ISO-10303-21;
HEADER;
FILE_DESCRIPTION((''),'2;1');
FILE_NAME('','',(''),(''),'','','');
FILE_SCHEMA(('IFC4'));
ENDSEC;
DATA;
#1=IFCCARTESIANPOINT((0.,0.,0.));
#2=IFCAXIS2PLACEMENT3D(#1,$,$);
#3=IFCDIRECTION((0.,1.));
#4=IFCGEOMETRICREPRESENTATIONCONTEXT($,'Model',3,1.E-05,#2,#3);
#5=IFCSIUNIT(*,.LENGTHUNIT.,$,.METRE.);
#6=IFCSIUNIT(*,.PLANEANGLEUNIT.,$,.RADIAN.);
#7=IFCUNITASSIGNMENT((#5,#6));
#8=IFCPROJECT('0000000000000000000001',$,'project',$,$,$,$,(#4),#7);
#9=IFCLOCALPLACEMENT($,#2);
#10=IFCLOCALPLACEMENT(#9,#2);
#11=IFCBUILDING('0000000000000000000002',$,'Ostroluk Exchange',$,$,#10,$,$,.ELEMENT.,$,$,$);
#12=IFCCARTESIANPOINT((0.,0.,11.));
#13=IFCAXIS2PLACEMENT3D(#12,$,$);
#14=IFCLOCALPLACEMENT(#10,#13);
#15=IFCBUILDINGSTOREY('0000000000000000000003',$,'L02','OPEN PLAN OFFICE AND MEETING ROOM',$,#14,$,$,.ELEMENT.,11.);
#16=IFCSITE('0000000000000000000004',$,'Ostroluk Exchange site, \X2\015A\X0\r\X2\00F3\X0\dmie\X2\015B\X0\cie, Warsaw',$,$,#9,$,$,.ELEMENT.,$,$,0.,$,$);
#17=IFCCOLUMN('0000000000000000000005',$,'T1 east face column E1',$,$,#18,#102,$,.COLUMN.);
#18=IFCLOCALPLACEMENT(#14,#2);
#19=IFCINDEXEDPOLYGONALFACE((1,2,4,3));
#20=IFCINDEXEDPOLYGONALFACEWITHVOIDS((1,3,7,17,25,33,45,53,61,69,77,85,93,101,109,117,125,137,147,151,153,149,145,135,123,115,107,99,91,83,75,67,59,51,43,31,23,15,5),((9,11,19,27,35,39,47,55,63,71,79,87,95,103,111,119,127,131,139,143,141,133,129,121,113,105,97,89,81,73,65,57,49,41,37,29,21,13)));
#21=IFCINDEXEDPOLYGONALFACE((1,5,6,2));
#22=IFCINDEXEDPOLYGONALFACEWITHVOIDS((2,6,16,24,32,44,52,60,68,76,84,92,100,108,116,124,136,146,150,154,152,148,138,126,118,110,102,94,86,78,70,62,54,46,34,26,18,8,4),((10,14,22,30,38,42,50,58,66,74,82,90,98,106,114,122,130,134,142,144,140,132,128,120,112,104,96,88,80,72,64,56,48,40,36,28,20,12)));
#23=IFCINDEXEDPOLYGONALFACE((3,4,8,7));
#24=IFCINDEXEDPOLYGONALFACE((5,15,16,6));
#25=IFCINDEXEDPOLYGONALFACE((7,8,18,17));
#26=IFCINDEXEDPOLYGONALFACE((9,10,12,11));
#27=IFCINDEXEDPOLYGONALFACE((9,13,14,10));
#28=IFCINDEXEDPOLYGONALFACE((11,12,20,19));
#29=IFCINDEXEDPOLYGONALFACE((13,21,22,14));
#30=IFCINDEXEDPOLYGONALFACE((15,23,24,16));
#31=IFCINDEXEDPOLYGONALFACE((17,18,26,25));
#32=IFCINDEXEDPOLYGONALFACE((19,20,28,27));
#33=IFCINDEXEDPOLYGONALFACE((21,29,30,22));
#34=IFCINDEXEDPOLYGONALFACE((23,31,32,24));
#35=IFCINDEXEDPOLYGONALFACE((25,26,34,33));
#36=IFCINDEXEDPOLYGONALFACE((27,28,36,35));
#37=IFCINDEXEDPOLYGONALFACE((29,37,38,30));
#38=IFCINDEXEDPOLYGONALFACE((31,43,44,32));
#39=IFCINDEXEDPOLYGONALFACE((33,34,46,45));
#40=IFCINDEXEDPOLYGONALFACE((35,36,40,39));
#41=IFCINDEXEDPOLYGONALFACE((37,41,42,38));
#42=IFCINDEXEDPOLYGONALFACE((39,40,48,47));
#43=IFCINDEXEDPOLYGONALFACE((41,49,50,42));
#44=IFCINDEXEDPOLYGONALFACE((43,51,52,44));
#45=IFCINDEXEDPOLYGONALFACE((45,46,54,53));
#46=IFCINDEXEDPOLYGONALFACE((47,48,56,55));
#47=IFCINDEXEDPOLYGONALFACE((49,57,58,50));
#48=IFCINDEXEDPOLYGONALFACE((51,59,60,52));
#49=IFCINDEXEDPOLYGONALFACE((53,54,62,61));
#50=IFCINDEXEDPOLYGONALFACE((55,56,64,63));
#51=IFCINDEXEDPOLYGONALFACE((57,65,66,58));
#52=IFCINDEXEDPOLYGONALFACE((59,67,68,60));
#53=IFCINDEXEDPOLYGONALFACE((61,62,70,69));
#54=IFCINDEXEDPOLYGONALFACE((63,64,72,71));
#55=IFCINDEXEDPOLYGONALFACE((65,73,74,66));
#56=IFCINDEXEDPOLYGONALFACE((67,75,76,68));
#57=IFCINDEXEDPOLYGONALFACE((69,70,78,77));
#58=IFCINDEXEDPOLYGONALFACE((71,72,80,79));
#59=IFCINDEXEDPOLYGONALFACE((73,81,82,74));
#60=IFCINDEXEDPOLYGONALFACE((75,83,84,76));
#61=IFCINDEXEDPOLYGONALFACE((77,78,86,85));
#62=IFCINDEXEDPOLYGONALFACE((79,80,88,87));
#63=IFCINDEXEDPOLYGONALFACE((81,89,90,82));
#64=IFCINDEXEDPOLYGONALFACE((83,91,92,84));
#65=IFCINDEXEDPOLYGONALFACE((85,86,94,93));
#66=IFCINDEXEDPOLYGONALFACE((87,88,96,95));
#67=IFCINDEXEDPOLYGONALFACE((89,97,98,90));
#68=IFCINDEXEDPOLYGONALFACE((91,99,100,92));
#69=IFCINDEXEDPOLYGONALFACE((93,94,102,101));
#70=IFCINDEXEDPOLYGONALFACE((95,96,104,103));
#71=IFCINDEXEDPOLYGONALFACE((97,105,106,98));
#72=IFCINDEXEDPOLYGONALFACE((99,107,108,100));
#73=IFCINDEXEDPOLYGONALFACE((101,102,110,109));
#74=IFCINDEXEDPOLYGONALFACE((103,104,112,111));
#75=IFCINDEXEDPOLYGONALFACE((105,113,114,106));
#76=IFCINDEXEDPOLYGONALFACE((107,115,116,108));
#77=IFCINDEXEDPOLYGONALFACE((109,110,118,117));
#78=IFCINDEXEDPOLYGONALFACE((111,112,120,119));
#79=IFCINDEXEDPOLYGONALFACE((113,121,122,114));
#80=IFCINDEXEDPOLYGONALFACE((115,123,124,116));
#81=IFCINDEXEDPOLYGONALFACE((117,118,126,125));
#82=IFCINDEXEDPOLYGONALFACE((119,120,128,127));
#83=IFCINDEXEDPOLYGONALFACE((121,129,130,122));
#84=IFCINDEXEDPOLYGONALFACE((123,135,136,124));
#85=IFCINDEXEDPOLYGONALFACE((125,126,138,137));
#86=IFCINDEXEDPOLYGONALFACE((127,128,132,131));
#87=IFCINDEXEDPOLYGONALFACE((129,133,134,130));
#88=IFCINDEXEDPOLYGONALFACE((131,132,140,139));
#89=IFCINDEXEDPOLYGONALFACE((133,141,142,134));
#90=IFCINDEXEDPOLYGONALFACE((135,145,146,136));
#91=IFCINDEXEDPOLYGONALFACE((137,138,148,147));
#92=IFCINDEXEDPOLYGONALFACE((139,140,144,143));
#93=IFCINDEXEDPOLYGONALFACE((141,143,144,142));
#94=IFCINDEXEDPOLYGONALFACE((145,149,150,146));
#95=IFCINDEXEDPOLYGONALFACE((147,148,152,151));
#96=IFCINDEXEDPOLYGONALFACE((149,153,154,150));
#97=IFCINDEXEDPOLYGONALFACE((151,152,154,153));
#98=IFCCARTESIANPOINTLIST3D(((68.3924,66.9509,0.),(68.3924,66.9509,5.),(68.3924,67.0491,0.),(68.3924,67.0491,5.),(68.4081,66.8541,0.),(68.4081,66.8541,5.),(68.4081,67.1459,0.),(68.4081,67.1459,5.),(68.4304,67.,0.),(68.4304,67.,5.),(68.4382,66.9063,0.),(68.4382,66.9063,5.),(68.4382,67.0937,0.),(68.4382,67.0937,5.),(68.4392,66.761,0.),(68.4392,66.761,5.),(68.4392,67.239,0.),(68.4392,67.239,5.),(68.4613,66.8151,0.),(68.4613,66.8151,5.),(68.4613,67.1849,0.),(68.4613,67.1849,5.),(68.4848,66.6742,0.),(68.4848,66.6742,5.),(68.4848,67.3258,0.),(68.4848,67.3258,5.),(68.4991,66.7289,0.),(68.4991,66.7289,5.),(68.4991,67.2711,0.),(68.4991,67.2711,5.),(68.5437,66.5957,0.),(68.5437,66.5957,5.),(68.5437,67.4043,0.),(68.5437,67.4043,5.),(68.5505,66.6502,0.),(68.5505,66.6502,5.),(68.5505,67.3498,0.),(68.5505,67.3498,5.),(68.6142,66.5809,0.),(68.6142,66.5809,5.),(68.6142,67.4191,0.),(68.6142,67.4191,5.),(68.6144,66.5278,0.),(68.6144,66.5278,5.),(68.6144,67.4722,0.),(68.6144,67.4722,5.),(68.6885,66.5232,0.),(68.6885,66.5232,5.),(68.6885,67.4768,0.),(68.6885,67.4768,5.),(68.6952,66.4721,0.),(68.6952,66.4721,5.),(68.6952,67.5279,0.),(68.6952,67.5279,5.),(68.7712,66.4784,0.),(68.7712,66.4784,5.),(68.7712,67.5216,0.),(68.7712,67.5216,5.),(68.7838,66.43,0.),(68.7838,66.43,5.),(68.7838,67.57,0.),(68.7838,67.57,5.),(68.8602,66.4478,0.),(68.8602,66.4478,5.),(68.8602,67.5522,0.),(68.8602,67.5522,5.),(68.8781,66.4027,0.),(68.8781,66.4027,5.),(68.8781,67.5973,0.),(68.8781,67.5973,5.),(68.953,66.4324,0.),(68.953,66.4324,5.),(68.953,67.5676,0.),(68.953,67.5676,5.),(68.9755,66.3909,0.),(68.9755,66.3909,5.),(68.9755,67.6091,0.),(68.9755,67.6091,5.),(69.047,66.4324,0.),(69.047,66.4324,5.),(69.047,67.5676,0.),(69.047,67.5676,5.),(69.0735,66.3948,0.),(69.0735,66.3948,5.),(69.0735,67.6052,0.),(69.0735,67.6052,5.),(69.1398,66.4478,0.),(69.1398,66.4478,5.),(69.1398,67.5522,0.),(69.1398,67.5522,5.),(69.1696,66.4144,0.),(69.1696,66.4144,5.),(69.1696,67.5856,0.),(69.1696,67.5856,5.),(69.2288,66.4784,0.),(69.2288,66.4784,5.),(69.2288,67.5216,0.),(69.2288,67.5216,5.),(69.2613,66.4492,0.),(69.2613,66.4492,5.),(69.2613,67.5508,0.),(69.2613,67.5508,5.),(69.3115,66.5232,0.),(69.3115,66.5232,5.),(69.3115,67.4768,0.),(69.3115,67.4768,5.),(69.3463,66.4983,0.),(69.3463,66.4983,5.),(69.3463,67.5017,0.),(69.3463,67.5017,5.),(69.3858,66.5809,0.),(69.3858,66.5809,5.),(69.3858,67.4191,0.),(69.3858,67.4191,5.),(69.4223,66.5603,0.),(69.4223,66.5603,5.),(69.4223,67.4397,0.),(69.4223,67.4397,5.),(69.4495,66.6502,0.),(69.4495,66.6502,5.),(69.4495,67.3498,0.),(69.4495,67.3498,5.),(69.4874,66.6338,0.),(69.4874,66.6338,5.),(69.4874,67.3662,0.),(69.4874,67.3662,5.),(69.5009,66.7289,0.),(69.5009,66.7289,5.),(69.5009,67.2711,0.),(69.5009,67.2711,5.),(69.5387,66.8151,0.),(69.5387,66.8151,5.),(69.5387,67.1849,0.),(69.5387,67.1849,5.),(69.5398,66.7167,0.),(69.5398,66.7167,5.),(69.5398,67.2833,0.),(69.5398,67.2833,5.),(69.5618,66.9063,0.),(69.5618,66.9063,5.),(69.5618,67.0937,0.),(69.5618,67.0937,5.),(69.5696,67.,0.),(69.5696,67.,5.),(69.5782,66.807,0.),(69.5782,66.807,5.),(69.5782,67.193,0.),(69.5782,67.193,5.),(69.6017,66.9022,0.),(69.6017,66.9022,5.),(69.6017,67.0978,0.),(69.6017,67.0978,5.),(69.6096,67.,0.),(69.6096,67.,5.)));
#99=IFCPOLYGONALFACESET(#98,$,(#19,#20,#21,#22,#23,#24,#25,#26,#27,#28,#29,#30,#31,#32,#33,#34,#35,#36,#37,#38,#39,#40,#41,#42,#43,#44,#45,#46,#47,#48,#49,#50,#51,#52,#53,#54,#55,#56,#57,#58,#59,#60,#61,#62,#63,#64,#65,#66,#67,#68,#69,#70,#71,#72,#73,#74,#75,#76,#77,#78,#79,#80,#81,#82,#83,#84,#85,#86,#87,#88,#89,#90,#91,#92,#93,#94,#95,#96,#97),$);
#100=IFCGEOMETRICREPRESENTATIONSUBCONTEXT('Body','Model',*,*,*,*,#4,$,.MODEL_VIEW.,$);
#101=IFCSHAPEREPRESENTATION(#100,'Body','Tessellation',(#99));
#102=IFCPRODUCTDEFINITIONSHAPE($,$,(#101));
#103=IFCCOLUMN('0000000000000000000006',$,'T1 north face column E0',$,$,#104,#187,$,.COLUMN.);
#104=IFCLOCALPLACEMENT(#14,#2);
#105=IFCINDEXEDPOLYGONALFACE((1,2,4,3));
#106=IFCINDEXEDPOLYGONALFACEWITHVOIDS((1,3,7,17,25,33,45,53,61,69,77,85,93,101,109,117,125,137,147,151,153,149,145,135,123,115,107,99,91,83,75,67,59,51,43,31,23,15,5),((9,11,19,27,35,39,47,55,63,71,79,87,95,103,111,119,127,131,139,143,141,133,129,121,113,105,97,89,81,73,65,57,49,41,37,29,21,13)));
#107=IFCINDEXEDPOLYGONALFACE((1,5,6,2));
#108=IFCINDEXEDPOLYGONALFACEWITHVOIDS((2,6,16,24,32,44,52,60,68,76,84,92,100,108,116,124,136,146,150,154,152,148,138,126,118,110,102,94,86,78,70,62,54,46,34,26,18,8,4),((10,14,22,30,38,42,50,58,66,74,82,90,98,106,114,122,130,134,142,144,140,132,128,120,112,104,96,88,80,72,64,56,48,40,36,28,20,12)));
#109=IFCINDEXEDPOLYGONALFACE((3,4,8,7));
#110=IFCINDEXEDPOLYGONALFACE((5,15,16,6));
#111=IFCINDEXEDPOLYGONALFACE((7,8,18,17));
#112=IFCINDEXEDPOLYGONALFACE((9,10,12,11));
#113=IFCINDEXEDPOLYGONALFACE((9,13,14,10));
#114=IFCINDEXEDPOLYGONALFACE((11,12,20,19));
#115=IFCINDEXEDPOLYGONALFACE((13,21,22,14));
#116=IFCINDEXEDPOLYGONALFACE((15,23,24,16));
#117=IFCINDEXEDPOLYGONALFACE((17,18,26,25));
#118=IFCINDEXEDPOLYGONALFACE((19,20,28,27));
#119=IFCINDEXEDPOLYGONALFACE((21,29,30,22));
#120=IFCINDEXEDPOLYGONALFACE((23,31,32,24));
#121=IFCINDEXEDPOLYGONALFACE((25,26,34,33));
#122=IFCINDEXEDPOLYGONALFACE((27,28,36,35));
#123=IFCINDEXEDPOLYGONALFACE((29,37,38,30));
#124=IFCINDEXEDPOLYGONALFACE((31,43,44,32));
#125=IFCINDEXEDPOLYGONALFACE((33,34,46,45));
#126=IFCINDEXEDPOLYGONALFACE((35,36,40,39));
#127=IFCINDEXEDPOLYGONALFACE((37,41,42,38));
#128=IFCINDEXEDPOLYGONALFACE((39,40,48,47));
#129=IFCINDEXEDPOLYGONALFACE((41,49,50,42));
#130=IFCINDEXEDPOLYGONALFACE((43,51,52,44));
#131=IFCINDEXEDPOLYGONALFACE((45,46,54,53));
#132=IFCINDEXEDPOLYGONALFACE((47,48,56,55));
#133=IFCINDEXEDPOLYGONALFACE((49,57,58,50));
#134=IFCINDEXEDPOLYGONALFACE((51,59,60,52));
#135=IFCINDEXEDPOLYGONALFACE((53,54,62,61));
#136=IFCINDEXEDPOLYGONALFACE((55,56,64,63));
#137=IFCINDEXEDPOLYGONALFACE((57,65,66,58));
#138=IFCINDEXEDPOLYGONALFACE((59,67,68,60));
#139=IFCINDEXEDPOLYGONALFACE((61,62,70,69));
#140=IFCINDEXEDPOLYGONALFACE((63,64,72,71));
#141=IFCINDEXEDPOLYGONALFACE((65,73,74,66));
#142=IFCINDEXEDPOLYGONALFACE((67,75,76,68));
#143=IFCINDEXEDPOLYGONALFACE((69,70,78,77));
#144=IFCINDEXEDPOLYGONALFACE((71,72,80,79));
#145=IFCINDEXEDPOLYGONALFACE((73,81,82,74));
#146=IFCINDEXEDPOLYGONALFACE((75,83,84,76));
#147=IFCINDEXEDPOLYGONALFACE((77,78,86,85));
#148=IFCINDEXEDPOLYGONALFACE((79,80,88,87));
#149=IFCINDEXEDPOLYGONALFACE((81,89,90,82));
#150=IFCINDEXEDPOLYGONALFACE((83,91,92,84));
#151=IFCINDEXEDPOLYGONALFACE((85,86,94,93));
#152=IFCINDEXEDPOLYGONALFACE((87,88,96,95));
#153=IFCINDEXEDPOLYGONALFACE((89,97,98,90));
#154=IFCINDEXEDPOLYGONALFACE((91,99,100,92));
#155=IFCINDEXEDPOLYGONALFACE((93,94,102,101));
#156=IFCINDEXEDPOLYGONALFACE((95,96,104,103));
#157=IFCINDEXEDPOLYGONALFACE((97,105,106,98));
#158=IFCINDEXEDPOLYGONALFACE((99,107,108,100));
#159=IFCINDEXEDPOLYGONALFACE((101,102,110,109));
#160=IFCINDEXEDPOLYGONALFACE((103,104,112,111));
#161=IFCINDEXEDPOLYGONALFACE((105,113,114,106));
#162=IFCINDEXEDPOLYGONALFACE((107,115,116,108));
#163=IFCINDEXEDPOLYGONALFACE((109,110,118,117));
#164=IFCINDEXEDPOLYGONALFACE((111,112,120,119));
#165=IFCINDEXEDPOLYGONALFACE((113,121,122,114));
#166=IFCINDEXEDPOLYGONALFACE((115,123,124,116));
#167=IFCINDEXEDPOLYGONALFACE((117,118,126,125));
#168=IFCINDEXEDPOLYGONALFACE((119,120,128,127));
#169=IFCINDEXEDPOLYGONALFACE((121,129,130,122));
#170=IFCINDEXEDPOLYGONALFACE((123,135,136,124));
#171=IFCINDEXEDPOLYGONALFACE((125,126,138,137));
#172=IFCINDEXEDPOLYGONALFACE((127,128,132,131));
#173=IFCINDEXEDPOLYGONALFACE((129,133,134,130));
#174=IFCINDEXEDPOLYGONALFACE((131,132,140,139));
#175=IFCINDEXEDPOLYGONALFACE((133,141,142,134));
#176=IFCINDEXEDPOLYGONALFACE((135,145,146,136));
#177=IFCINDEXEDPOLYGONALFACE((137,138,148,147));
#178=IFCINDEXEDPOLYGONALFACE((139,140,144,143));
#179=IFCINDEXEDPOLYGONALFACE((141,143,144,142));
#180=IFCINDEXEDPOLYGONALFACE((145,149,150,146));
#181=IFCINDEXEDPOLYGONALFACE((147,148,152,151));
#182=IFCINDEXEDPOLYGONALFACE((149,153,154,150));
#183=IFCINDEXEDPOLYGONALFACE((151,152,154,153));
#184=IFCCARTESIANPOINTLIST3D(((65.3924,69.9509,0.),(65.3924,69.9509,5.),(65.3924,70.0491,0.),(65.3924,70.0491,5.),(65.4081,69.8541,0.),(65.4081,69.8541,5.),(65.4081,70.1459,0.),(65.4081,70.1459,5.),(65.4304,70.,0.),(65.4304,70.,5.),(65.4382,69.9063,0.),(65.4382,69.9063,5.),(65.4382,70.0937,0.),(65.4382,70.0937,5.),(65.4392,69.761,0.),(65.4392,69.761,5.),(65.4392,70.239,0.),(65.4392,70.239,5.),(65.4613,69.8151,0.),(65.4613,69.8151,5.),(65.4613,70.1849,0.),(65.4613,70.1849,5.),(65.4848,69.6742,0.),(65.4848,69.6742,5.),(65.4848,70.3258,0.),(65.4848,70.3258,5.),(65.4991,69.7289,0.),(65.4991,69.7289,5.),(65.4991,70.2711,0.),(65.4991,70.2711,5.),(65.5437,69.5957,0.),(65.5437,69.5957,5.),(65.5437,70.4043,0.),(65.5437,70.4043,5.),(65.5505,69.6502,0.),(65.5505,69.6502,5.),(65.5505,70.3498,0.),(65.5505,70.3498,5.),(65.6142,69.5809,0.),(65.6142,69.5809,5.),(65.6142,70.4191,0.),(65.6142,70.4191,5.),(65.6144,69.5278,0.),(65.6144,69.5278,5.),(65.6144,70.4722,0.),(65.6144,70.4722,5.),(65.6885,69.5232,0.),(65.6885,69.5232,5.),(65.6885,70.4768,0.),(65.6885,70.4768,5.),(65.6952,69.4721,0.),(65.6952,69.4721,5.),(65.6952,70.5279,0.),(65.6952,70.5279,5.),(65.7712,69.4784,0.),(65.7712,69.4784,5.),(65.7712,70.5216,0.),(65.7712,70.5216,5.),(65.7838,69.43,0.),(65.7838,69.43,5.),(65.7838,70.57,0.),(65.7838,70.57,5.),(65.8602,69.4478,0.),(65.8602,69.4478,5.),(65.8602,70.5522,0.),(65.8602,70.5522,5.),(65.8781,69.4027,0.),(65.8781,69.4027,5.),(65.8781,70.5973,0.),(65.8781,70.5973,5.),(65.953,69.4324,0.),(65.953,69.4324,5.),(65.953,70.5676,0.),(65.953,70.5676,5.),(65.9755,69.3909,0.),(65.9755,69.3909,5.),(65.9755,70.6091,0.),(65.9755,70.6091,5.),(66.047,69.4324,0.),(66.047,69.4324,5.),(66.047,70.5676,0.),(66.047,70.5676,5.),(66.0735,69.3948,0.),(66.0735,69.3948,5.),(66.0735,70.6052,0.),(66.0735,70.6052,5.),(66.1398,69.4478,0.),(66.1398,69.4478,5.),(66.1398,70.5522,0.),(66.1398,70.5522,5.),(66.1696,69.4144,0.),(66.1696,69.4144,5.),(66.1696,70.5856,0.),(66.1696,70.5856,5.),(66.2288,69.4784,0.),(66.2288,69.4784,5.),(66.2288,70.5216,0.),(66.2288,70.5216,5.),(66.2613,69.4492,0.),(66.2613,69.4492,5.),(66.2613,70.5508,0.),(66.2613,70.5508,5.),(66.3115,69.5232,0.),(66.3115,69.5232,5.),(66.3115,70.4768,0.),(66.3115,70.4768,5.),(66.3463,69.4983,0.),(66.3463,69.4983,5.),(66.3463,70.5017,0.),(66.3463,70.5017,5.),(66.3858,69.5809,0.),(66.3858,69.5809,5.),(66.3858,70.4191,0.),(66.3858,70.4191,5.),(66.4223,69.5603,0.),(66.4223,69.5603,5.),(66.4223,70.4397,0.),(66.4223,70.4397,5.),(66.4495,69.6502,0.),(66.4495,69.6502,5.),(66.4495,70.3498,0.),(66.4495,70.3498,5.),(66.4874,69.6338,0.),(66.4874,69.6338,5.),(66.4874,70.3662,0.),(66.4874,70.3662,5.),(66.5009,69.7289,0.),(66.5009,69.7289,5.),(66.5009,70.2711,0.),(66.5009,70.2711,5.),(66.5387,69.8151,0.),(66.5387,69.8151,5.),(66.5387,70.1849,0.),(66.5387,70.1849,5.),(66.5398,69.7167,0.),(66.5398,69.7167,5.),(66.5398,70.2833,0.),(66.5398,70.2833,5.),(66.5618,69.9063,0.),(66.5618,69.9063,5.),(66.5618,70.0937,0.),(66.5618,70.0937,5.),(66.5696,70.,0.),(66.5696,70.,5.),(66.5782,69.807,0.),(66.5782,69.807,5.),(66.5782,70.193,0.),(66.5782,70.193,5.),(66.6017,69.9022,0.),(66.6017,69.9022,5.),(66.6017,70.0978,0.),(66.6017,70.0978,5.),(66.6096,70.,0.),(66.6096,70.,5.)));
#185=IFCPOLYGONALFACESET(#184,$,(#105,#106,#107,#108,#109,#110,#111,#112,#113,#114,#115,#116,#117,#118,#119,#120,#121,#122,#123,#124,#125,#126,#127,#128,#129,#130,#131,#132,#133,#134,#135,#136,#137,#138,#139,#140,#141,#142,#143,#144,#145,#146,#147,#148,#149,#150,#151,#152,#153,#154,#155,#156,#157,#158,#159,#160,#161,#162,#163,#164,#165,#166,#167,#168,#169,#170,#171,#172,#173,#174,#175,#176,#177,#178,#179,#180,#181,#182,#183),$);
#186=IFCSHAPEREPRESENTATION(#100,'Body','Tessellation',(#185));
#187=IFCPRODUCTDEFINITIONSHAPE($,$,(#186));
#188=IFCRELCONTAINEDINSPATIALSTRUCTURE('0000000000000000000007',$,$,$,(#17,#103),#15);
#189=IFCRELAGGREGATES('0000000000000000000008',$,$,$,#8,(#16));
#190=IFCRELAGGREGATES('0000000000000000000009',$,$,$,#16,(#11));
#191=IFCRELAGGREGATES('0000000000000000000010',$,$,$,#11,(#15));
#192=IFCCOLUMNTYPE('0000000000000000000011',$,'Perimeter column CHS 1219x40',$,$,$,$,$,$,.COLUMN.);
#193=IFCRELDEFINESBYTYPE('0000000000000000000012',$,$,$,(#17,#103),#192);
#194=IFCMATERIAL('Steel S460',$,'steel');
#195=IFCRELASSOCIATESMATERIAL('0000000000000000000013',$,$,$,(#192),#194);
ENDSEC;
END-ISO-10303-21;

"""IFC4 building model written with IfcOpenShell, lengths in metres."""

from ifc_helpers import new_model, si_unit, direction, frame, origin, origin_2d, place, context, subcontext, project, spatial, hollow_circle, extrude, material, material_profile, profile_set, type_object, element, save


model = new_model("IFC4")

# Units and contexts
model_context = context("Model", 3, precision=1e-05, world=origin(), true_north=direction((0.0, 1.0)))
body_context = subcontext(model_context, "Body", "Model", "MODEL_VIEW")
ifc_project = project(units=[si_unit("LENGTHUNIT", "METRE"), si_unit("PLANEANGLEUNIT", "RADIAN")], contexts=[model_context])

# Site, building, storey
site_placement = place(None, origin())
site = spatial("IfcSite", under=ifc_project, at=site_placement, Name="Ostroluk Exchange site, Śródmieście, Warsaw", CompositionType="ELEMENT", RefElevation=0.0)
building_placement = place(site_placement, origin())
building = spatial("IfcBuilding", under=site, at=building_placement, Name="Ostroluk Exchange", CompositionType="ELEMENT")
storey_placement = place(building_placement, frame((0.0, 0.0, 11.0)))
storey = spatial("IfcBuildingStorey", under=building, at=storey_placement, Name="L02", Description="OPEN PLAN OFFICE AND MEETING ROOM", CompositionType="ELEMENT", Elevation=11.0)

# Columns
ifc_material_1 = material(Name="Steel S460", Category="steel")
ifc_material_profile_1 = material_profile(ifc_material_1, hollow_circle(Radius=0.6096, WallThickness=0.04, at=origin_2d()), Name="CHS 1219x40")
ifc_profile_set_1 = profile_set([ifc_material_profile_1], Name="Steel S460")
column_type = type_object("IfcColumnType", Name="Perimeter column CHS 1219x40", PredefinedType="COLUMN", material=ifc_profile_set_1)
for number, where, z_axis, x_axis, name in (
    (1, (69.0, 67.0, 0.0), (0.0, 0.0, 1.0), (1.0, 0.0, 0.0), "T1 east face column E1"),
    (2, (66.0, 70.0, 0.0), (0.0, 0.0, 1.0), (1.0, 0.0, 0.0), "T1 north face column E0"),
):
    element("IfcColumn", number, at=place(storey_placement, frame(where, z_axis=z_axis, x_axis=x_axis)), inside=storey, type_object=column_type, Name=name, PredefinedType="COLUMN", context=body_context, shape_type="SweptSolid", body=[
        extrude(hollow_circle(Radius=0.6096, WallThickness=0.04, at=origin_2d()), origin(), (0.0, 0.0, 1.0), 5.0),
    ])

save(model, "model.ifc")
